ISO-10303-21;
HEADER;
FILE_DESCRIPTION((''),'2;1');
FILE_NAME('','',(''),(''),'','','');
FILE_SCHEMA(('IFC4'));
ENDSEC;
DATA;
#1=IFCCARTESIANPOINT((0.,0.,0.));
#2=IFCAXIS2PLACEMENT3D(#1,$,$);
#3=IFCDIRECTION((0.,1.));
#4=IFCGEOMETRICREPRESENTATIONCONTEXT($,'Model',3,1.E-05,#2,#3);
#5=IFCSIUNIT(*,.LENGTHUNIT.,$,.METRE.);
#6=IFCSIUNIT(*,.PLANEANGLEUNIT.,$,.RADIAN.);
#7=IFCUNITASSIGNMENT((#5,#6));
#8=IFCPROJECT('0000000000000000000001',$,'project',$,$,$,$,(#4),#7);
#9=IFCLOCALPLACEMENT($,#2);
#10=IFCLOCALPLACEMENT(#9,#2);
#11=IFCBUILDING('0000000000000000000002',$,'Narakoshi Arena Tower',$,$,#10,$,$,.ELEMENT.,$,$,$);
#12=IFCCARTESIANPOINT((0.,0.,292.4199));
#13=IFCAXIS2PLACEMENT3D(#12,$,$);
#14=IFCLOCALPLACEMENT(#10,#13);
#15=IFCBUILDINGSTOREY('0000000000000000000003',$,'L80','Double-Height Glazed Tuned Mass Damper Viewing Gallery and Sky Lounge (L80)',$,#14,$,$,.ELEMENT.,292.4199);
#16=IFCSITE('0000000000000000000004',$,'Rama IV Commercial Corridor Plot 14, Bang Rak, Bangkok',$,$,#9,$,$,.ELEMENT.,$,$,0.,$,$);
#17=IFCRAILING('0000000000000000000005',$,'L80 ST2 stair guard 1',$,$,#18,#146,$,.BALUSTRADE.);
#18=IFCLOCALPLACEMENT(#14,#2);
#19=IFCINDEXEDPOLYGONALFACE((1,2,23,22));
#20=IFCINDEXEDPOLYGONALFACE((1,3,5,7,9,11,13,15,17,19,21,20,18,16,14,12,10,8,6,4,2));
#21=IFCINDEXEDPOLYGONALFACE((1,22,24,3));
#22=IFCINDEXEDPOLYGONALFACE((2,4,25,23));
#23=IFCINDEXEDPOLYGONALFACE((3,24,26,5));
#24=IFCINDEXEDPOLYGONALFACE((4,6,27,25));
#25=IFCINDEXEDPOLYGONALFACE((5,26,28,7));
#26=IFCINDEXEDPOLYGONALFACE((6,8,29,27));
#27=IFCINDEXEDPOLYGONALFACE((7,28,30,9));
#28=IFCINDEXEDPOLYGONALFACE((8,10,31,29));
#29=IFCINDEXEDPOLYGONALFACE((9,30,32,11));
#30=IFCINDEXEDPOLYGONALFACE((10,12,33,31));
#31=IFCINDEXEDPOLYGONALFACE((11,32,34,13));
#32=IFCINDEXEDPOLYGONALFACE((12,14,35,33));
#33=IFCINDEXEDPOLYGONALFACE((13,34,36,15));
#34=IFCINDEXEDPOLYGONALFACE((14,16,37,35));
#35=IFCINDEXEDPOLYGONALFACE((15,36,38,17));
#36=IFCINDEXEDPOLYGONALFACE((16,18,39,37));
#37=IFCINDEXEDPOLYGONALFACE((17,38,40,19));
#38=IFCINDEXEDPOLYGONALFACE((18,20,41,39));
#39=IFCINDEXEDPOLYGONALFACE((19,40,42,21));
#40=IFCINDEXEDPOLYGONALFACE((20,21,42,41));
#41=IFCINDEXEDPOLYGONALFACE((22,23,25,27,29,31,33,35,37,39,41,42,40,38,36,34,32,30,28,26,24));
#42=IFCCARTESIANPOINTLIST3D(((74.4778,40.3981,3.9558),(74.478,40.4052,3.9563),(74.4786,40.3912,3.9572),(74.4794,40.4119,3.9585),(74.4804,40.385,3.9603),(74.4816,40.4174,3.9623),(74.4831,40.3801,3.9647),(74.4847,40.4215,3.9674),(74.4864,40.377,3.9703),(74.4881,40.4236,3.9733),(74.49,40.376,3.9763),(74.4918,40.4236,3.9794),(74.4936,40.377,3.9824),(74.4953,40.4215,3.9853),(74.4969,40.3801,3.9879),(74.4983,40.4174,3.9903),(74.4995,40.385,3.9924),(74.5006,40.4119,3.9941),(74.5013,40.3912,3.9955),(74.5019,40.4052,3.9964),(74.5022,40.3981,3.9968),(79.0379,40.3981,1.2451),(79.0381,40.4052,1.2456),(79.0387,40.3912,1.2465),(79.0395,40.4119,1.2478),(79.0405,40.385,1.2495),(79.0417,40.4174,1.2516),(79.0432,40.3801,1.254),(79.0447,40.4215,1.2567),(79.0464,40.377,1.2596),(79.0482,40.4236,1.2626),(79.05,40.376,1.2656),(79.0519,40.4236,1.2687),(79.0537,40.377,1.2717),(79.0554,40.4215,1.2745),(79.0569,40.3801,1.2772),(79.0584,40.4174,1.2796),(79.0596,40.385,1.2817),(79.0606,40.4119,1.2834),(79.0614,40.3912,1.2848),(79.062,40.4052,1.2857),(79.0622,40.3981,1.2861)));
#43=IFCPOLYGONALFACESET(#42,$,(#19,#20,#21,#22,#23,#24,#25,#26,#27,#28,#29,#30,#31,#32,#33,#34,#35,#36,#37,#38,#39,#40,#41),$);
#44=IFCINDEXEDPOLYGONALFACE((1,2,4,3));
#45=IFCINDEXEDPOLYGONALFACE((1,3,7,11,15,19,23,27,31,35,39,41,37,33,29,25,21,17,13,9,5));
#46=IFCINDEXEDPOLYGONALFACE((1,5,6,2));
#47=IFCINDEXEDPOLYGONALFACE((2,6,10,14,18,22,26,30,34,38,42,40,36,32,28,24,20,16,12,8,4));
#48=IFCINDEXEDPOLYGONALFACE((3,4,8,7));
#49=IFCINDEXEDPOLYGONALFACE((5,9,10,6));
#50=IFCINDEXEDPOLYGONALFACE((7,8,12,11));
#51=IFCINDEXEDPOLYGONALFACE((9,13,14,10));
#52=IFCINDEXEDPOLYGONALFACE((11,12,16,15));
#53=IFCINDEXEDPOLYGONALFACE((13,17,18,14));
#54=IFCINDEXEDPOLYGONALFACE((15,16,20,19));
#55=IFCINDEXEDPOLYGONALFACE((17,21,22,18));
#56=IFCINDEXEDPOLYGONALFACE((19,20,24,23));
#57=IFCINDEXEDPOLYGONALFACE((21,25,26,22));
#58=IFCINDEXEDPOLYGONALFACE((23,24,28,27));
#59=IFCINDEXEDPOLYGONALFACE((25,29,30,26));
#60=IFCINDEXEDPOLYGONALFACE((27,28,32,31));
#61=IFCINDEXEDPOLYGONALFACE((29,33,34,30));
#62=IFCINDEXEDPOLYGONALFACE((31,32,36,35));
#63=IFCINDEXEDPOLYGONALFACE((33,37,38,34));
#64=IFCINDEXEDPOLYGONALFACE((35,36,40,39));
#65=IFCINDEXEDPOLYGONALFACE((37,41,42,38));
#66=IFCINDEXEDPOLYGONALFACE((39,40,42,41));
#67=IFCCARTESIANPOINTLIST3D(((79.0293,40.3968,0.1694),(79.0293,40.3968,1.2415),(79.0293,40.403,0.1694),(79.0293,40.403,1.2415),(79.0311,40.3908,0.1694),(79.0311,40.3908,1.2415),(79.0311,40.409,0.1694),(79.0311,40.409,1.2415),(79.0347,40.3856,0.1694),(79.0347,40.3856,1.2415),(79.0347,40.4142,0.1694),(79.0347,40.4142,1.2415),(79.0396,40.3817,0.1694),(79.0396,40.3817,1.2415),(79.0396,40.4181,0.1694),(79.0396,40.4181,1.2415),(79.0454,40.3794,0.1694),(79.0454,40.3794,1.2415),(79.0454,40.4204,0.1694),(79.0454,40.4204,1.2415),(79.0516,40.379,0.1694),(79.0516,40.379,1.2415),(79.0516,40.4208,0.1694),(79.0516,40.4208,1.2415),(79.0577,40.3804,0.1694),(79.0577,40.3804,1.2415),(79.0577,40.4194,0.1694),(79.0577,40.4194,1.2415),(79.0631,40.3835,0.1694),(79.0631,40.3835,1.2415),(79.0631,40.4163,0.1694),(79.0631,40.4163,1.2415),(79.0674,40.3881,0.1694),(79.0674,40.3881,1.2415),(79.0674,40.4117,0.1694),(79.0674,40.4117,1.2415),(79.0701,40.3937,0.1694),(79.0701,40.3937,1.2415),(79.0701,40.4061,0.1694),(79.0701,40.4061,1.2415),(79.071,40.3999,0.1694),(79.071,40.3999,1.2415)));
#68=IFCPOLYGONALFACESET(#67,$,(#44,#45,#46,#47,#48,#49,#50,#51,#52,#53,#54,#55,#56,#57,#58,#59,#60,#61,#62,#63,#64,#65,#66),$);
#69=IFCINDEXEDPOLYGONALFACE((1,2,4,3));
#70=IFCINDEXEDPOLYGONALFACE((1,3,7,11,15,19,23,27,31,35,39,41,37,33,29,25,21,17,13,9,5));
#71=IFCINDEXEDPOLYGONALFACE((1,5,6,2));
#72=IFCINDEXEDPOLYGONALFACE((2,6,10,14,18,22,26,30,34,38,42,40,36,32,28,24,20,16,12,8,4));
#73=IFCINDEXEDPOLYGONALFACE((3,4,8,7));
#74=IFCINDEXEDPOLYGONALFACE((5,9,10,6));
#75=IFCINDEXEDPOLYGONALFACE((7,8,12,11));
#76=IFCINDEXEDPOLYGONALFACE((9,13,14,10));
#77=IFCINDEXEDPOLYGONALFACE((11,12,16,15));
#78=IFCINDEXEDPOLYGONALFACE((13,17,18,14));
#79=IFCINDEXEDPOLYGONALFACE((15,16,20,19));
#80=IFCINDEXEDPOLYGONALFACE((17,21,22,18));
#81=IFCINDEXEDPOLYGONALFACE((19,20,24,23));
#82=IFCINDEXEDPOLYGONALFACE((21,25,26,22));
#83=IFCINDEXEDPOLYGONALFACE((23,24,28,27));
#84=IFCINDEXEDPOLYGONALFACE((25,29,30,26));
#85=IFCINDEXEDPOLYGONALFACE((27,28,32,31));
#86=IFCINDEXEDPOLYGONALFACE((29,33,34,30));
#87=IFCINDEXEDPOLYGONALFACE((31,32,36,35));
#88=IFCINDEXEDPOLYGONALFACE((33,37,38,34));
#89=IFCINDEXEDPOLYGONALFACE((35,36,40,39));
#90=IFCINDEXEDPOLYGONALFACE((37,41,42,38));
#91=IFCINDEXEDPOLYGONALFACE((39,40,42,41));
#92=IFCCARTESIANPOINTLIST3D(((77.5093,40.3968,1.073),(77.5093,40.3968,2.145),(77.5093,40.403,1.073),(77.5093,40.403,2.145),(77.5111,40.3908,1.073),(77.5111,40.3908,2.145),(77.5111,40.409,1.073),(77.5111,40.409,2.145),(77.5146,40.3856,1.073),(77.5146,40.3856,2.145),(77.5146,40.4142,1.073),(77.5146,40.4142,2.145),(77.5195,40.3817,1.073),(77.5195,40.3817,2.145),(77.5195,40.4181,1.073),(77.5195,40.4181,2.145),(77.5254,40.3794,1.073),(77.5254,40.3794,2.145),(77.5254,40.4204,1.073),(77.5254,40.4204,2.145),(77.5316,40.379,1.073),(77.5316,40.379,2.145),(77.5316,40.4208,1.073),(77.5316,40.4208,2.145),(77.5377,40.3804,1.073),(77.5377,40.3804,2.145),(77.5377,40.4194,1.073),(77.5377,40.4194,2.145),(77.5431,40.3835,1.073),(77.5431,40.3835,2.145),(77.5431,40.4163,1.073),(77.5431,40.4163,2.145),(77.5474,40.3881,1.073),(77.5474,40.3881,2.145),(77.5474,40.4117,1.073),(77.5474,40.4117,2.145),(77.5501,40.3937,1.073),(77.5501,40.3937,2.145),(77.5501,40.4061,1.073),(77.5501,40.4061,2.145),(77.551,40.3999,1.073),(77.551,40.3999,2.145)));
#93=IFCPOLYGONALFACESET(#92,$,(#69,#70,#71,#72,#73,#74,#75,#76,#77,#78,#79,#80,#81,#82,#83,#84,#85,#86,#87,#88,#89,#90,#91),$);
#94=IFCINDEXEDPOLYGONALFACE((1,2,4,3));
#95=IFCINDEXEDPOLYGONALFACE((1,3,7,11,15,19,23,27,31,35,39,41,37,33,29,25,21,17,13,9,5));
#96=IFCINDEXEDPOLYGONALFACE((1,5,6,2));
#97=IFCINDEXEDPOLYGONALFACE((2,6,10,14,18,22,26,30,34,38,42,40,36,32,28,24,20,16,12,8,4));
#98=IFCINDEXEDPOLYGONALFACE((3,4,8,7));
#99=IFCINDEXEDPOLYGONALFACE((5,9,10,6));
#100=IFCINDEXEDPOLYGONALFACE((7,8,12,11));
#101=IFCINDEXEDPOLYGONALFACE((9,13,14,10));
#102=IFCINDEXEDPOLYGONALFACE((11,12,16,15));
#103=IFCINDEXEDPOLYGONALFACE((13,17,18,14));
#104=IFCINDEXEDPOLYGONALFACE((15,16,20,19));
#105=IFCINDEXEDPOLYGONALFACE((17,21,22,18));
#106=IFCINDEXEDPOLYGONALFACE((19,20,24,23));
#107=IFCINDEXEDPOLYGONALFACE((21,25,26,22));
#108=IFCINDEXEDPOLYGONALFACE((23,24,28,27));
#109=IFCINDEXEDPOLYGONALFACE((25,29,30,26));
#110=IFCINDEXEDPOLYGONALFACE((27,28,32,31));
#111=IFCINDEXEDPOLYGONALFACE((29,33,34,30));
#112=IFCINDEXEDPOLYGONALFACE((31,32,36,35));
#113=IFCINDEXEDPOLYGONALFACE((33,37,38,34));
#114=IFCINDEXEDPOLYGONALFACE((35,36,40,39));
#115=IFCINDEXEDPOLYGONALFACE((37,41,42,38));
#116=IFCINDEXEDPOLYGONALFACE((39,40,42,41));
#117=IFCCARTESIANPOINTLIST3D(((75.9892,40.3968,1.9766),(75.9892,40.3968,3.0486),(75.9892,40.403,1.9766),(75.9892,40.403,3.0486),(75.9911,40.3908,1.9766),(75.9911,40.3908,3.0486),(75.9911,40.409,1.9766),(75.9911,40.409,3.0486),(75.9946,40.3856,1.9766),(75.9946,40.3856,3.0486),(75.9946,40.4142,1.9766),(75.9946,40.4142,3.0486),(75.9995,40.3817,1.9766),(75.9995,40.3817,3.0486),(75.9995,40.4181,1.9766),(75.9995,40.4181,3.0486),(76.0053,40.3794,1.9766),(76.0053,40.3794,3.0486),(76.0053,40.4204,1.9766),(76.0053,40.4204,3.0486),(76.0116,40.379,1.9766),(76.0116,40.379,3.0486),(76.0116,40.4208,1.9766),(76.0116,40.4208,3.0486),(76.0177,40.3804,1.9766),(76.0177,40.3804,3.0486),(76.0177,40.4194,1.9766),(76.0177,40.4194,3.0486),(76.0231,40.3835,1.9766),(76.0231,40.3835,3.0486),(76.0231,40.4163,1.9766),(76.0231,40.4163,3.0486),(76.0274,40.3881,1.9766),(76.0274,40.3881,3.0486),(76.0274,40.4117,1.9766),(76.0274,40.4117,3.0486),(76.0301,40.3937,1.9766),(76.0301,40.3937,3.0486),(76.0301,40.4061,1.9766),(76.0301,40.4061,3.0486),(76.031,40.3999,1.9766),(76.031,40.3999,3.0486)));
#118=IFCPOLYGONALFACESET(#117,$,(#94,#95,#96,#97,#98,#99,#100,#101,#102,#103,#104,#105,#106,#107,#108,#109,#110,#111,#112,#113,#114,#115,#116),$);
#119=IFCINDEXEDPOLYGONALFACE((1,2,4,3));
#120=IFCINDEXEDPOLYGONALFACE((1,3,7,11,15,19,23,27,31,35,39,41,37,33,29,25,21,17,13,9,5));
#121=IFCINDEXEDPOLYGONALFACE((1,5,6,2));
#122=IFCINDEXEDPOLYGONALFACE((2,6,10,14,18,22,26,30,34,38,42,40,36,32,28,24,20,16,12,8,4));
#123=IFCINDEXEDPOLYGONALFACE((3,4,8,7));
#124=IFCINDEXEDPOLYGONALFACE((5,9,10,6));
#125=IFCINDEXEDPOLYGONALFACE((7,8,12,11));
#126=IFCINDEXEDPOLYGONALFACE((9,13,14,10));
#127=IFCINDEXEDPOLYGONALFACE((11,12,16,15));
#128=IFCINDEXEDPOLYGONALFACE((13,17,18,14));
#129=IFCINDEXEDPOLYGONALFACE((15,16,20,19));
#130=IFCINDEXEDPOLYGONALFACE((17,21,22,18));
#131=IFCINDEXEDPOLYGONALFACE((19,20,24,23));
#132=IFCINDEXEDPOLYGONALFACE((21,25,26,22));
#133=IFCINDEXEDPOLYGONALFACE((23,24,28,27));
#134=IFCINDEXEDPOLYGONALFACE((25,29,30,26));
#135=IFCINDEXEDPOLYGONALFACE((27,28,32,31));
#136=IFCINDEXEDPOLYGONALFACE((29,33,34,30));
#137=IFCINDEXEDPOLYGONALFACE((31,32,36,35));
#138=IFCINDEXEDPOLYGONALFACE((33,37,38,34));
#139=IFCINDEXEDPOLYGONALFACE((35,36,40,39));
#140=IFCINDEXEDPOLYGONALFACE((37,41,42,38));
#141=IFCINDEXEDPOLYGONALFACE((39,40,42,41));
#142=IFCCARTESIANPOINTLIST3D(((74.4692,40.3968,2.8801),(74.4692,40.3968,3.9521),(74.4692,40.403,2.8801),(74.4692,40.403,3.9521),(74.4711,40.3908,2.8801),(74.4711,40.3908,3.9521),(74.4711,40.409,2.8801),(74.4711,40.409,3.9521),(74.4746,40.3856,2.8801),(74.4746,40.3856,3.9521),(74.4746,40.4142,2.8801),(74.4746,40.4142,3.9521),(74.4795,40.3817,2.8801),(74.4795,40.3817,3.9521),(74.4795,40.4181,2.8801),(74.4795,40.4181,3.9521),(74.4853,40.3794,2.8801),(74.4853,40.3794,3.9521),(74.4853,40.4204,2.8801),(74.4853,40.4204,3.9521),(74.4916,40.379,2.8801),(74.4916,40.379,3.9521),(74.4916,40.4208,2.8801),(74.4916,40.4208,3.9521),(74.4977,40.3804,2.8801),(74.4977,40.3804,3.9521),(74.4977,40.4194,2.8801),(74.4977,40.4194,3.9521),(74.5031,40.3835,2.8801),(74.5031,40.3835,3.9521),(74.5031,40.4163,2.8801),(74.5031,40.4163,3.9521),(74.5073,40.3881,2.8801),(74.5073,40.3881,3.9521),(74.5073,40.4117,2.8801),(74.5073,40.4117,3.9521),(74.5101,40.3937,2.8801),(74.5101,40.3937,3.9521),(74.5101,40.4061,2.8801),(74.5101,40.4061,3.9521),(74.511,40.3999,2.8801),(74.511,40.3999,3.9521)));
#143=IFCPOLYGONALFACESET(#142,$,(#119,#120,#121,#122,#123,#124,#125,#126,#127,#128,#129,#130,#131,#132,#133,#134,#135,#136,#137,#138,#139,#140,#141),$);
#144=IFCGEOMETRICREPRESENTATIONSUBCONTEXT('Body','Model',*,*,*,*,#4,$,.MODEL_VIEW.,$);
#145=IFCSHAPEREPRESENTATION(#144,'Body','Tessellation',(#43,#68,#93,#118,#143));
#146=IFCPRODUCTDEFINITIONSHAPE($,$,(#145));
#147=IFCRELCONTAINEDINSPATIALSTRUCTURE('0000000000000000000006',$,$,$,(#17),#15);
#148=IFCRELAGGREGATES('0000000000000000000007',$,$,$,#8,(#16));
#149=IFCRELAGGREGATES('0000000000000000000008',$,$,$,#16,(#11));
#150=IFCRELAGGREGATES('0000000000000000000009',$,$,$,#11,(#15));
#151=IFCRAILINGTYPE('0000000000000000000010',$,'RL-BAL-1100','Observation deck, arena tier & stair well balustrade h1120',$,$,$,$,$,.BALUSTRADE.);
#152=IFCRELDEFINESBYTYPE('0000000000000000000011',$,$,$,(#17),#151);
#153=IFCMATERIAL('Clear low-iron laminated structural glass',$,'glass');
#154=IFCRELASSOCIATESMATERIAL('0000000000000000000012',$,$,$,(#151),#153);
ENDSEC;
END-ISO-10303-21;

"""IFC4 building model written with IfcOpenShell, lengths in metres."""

from ifc_helpers import new_model, si_unit, direction, frame, origin, origin_2d, place, context, subcontext, project, spatial, circle, extrude, material, type_object, element, save


model = new_model("IFC4")

# Units and contexts
model_context = context("Model", 3, precision=1e-05, world=origin(), true_north=direction((0.0, 1.0)))
body_context = subcontext(model_context, "Body", "Model", "MODEL_VIEW")
ifc_project = project(units=[si_unit("LENGTHUNIT", "METRE"), si_unit("PLANEANGLEUNIT", "RADIAN")], contexts=[model_context])

# Site, building, storey
site_placement = place(None, origin())
site = spatial("IfcSite", under=ifc_project, at=site_placement, Name="Rama IV Commercial Corridor Plot 14, Bang Rak, Bangkok", CompositionType="ELEMENT", RefElevation=0.0)
building_placement = place(site_placement, origin())
building = spatial("IfcBuilding", under=site, at=building_placement, Name="Narakoshi Arena Tower", CompositionType="ELEMENT")
storey_placement = place(building_placement, frame((0.0, 0.0, 292.4199)))
storey = spatial("IfcBuildingStorey", under=building, at=storey_placement, Name="L80", Description="Double-Height Glazed Tuned Mass Damper Viewing Gallery and Sky Lounge (L80)", CompositionType="ELEMENT", Elevation=292.4199)

# Railing
ifc_material_1 = material(Name="Clear low-iron laminated structural glass", Category="glass")
railing_type_1 = type_object("IfcRailingType", Name="RL-BAL-1100", Description="Observation deck, arena tier & stair well balustrade h1120", PredefinedType="BALUSTRADE", material=ifc_material_1)
railing_1_placement = place(storey_placement, frame((79.05, 40.3999, 0.1694)))
element("IfcRailing", 1, at=railing_1_placement, inside=storey, type_object=railing_type_1, Name="L80 ST2 stair guard 1", PredefinedType="BALUSTRADE", context=body_context, shape_type="SweptSolid", body=[
    extrude(circle(Radius=0.0239, at=origin_2d()), frame((0.0, 0.0, 1.0962), z_axis=(-0.859593, 0.0, 0.510979), x_axis=(0.0, -1.0, 0.0)), (0.0, 0.0, 1.0), 5.3049),
    extrude(circle(Radius=0.021, at=origin_2d()), origin(), (0.0, 0.0, 1.0), 1.072),
    extrude(circle(Radius=0.021, at=origin_2d()), frame((-1.52, 0.0, 0.9036)), (0.0, 0.0, 1.0), 1.072),
    extrude(circle(Radius=0.021, at=origin_2d()), frame((-3.04, 0.0, 1.8071)), (0.0, 0.0, 1.0), 1.072),
    extrude(circle(Radius=0.021, at=origin_2d()), frame((-4.5601, 0.0, 2.7107)), (0.0, 0.0, 1.0), 1.072),
])

save(model, "model.ifc")
